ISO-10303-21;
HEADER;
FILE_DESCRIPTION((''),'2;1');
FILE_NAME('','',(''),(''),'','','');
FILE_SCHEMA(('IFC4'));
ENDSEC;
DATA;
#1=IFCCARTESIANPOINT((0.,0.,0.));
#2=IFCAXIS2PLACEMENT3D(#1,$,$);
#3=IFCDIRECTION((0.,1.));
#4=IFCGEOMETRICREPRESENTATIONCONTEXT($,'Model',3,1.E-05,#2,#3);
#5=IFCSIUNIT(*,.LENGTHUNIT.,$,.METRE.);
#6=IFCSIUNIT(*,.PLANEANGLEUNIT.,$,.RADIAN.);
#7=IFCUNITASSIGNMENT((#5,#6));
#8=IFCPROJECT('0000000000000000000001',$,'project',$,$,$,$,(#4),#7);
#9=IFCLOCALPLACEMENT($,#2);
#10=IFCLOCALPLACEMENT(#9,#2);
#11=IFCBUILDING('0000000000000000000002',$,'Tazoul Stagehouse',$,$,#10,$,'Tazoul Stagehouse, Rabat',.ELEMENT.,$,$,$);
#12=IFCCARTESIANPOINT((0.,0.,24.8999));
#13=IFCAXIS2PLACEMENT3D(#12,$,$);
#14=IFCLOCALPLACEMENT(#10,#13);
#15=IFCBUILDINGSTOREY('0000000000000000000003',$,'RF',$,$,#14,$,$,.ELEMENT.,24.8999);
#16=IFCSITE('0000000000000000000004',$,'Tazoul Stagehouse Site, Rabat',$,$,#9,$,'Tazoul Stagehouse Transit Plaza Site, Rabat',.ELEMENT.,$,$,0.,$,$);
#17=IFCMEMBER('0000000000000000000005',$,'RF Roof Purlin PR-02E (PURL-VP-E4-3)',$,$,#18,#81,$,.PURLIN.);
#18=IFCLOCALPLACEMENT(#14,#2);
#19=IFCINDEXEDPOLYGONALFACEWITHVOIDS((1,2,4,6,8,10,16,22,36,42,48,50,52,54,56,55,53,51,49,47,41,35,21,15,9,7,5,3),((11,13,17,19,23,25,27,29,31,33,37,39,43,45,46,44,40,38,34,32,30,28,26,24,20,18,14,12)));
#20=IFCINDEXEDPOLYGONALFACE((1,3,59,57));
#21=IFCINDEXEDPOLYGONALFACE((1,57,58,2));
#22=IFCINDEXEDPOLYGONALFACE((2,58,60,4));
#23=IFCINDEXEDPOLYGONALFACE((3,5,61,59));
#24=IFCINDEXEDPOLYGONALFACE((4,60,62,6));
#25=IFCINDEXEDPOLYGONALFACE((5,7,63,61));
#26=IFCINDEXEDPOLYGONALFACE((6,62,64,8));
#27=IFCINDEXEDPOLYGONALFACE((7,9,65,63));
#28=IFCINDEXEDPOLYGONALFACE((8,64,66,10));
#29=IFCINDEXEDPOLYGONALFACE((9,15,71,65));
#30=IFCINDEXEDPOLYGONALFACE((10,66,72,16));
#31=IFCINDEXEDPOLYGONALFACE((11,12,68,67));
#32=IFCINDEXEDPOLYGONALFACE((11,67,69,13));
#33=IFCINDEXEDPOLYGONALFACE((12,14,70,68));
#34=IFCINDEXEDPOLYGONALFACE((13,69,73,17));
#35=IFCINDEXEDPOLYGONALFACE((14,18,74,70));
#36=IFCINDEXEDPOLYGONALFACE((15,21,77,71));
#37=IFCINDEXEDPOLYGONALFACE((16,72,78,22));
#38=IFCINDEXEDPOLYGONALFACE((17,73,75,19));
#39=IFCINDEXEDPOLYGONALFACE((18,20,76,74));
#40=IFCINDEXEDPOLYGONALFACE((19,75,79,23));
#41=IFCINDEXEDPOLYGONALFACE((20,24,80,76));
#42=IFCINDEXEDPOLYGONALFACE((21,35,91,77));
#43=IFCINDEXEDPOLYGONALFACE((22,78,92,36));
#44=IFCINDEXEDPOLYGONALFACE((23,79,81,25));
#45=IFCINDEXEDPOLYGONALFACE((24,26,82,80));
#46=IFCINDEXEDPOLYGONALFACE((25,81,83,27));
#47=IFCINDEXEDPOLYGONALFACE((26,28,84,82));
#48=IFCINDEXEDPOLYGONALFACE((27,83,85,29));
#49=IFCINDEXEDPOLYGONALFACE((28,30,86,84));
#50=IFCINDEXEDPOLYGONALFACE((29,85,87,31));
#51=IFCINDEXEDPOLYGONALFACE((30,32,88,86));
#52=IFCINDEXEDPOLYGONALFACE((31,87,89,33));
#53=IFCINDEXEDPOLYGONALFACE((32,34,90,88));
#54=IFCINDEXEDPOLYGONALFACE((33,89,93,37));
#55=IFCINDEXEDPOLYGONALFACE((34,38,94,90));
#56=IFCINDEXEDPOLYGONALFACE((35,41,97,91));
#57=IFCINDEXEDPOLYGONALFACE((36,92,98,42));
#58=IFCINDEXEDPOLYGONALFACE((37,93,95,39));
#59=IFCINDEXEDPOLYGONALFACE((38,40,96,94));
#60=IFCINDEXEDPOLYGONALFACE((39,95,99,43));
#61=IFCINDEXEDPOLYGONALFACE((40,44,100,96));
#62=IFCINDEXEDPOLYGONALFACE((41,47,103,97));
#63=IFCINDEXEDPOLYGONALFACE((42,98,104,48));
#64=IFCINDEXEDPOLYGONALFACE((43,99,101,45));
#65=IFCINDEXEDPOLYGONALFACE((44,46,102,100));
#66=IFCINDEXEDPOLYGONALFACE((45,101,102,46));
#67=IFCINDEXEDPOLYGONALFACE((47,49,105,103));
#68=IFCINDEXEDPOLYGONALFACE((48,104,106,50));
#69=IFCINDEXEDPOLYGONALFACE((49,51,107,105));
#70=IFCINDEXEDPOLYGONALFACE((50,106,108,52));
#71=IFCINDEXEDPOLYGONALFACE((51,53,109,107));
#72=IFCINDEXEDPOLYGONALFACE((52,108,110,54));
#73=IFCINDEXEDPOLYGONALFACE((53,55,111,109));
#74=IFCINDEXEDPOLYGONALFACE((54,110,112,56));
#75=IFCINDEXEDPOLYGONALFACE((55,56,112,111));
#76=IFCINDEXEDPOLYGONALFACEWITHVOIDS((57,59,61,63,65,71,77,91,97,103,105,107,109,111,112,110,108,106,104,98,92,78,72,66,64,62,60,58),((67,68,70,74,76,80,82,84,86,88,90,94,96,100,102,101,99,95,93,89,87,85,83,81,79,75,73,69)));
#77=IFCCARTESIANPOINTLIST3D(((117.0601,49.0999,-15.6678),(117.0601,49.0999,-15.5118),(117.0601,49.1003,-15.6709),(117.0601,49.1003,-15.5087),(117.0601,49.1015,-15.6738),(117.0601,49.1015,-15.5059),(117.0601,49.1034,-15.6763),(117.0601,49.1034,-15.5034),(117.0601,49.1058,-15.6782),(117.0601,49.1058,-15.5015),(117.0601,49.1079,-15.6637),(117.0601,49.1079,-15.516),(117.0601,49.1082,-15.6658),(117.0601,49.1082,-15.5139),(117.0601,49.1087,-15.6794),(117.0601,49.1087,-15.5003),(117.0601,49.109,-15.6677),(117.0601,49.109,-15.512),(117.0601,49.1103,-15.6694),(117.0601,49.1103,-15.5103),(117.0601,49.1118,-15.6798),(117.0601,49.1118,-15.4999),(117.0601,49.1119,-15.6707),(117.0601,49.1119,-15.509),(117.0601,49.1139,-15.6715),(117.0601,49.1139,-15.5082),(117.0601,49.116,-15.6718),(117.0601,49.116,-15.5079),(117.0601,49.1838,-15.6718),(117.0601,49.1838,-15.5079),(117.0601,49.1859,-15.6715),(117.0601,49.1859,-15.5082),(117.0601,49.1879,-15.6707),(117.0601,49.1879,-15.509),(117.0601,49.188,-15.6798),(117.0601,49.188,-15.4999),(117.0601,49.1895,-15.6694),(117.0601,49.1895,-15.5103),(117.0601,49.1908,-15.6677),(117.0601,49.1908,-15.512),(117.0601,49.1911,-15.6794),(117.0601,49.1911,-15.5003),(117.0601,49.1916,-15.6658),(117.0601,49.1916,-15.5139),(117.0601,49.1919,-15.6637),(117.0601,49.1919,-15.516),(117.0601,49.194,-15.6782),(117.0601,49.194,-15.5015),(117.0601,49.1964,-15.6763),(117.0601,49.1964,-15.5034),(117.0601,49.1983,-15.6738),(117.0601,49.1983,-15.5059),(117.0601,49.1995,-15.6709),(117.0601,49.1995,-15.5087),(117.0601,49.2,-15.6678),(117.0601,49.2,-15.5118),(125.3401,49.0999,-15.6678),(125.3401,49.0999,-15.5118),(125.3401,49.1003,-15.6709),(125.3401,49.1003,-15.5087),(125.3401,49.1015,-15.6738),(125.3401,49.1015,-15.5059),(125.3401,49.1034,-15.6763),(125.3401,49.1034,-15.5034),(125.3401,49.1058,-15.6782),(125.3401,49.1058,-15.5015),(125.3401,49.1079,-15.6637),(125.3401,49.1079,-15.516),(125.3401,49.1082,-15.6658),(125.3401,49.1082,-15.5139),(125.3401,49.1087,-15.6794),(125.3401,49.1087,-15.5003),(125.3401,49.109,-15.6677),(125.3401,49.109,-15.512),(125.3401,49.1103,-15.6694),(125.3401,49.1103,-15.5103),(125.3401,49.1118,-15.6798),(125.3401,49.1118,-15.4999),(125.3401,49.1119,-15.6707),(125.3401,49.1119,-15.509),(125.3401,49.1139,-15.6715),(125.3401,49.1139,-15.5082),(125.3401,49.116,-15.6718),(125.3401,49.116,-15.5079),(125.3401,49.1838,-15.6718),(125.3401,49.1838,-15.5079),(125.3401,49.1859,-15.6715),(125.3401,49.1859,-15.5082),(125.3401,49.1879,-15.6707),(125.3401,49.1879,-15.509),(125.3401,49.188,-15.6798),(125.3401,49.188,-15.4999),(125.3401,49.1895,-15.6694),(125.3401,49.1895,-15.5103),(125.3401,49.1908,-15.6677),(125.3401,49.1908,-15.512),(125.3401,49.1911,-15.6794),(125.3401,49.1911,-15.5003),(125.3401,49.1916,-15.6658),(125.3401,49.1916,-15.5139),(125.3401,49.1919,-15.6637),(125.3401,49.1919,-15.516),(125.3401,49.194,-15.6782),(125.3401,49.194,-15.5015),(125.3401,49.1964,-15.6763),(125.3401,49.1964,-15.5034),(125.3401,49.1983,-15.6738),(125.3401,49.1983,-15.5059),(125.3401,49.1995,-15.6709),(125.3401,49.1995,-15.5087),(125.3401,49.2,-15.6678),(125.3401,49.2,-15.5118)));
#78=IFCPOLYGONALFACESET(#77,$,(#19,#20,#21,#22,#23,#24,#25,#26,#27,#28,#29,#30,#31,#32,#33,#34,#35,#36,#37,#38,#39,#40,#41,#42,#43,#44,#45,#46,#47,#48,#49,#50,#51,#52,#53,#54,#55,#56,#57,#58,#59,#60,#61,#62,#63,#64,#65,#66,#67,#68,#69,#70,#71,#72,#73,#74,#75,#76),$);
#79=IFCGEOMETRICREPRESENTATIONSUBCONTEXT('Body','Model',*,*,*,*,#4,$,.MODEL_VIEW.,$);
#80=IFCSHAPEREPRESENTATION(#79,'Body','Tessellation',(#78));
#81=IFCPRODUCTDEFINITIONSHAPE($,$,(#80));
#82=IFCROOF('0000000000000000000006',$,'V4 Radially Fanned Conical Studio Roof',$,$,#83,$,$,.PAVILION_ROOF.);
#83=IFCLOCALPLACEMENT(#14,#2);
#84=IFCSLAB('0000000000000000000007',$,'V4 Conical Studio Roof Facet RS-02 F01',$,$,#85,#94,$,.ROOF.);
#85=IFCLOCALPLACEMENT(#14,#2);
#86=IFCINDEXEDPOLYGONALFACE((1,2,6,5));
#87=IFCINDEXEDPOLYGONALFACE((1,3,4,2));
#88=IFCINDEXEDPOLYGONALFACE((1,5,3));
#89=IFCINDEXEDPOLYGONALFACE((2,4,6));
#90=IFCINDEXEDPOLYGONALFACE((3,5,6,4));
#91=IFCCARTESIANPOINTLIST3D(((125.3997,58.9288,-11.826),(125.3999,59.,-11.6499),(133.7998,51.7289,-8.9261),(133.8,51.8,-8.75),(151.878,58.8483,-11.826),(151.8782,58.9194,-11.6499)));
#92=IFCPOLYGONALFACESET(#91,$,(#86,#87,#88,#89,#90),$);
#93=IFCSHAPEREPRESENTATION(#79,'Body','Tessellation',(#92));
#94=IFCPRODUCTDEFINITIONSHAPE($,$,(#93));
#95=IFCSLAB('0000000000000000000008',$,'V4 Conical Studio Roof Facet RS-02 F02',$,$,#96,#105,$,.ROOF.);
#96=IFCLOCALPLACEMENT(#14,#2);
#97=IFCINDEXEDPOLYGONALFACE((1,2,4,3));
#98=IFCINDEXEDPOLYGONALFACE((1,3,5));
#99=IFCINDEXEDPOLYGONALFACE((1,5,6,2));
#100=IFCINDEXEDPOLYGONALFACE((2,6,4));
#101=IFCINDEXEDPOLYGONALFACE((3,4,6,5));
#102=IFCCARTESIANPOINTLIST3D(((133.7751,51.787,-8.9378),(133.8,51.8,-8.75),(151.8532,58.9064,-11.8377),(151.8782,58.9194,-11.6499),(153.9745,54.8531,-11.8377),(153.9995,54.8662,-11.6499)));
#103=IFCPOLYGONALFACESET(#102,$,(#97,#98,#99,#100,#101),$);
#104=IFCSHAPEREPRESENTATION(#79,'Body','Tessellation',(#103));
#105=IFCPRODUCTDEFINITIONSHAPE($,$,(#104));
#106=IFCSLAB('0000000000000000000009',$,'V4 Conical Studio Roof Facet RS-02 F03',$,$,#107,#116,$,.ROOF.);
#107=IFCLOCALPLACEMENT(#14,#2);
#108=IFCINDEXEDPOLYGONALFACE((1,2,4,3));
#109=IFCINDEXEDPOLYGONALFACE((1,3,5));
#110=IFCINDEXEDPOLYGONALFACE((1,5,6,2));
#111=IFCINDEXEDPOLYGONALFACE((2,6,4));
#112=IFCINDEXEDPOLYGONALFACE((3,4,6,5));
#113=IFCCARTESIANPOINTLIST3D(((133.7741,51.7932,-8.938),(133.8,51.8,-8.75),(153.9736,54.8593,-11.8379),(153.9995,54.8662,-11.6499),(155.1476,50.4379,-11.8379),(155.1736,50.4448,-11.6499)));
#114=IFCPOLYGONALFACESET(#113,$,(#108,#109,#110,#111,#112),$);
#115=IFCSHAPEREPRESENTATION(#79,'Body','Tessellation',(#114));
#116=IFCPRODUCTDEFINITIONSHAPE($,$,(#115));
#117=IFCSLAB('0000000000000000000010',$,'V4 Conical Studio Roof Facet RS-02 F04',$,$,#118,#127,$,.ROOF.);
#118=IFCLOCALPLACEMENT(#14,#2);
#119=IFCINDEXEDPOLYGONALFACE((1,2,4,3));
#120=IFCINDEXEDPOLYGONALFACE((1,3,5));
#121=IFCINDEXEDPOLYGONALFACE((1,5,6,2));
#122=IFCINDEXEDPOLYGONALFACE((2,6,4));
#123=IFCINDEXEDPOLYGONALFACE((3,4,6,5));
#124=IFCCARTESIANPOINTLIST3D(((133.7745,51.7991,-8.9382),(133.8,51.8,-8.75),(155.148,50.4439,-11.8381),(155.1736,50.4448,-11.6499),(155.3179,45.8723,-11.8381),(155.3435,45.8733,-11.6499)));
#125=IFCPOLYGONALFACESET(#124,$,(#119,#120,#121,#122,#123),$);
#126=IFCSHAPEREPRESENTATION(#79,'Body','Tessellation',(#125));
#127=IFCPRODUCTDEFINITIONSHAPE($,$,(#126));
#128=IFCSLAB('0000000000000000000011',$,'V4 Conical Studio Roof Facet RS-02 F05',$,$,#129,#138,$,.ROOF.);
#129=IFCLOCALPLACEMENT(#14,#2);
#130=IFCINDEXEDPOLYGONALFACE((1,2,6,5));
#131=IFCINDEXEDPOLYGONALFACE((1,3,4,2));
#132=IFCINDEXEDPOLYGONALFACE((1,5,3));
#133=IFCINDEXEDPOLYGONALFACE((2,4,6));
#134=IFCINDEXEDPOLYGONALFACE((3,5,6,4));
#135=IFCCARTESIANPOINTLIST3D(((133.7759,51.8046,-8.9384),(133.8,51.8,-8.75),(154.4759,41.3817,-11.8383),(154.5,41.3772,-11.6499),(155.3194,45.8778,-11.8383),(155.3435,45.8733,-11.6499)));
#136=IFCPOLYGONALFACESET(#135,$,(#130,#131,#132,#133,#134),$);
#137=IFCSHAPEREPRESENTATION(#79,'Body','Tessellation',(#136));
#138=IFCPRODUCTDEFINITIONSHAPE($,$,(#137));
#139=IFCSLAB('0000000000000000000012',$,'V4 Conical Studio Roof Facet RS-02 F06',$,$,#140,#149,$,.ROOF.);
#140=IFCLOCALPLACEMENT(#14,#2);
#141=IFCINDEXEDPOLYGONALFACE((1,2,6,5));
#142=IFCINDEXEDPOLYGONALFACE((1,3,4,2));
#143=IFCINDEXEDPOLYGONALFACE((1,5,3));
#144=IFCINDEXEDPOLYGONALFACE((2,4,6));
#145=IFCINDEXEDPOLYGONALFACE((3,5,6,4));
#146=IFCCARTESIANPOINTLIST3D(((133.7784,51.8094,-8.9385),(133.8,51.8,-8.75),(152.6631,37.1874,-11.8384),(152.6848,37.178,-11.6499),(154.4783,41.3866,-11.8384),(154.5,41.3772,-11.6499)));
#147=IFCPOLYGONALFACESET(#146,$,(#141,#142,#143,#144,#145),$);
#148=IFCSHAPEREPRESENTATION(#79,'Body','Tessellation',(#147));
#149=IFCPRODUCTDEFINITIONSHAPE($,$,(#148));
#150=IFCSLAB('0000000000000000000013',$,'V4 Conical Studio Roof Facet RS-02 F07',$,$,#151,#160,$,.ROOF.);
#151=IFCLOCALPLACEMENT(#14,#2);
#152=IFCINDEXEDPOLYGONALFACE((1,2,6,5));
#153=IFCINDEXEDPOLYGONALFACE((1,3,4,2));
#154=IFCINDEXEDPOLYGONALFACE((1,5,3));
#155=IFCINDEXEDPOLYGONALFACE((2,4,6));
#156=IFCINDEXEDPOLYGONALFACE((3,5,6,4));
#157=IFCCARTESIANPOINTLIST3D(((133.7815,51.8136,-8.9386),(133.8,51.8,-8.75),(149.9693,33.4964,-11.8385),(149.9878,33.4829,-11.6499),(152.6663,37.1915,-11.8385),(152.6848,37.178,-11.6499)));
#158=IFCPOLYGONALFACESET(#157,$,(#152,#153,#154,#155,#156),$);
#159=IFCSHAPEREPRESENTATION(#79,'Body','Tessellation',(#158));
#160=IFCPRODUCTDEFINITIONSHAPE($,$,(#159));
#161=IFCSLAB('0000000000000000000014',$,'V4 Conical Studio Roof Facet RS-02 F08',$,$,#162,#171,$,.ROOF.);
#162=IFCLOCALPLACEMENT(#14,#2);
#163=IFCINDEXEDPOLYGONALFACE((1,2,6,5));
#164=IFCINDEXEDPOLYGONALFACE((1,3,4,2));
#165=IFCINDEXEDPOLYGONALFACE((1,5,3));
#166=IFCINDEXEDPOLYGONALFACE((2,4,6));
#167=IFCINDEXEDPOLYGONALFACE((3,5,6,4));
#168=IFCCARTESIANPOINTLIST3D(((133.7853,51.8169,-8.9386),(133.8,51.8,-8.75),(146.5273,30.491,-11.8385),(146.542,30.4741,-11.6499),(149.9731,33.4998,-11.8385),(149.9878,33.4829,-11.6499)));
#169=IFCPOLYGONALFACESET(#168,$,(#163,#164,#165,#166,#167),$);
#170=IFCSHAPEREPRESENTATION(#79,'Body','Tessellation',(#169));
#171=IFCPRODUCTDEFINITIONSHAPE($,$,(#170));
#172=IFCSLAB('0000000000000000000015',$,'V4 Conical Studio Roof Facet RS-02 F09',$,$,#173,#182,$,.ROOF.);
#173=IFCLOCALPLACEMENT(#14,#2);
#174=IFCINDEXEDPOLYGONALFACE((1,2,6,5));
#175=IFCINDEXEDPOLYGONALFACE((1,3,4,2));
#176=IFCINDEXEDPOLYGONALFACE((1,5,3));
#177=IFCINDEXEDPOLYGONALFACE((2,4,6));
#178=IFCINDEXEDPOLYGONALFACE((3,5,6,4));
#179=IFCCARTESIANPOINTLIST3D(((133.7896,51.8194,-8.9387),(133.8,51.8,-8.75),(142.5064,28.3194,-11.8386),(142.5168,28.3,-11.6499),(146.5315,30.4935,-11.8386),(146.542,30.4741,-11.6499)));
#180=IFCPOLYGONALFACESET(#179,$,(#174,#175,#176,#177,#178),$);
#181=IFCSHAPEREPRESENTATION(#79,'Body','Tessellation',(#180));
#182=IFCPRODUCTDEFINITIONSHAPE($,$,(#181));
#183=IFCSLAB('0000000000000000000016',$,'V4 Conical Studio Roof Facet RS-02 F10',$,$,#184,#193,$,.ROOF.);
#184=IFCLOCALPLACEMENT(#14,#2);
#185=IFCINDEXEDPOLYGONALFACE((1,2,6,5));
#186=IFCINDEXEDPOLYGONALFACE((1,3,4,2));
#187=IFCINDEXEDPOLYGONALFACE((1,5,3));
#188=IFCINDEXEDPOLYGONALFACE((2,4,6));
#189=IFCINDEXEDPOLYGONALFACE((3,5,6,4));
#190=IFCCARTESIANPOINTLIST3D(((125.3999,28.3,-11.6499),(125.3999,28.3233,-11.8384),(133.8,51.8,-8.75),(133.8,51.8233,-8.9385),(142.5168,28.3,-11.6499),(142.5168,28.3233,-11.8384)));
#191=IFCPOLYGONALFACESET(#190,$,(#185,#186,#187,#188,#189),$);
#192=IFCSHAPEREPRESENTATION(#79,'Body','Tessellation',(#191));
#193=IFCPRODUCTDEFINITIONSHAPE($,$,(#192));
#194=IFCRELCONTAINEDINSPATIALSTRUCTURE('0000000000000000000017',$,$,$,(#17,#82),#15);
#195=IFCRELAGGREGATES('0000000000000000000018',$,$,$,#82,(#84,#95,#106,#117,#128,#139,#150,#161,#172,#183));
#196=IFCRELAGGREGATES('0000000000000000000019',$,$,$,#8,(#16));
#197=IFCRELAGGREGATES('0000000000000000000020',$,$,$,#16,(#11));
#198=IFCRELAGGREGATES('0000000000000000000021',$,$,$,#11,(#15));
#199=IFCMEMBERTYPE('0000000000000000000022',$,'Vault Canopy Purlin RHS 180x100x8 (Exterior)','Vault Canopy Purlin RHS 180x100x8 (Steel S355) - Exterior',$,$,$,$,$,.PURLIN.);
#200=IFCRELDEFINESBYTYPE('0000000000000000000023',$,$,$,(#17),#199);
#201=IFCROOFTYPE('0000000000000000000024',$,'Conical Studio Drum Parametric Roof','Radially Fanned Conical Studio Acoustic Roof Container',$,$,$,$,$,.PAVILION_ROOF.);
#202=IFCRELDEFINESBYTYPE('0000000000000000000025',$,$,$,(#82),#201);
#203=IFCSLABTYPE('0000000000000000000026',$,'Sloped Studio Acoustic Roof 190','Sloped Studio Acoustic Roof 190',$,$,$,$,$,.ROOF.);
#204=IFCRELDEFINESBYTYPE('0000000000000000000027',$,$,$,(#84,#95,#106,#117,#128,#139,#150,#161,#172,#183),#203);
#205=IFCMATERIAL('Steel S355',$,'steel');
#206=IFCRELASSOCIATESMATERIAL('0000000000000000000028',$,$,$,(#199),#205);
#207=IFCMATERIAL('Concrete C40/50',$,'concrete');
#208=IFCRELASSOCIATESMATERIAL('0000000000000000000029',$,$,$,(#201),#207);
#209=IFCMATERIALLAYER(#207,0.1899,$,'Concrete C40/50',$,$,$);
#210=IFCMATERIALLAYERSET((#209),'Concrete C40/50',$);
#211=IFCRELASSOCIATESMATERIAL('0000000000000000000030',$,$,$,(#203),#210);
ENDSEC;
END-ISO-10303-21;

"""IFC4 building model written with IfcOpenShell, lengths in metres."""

from ifc_helpers import new_model, si_unit, direction, frame, origin, origin_2d, place, context, subcontext, project, spatial, polyline, hollow_rectangle, outline, extrude, material, layer, layer_set, material_profile, profile_set, type_object, element, aggregate, save


model = new_model("IFC4")

# Units and contexts
model_context = context("Model", 3, precision=1e-05, world=origin(), true_north=direction((0.0, 1.0)))
body_context = subcontext(model_context, "Body", "Model", "MODEL_VIEW")
ifc_project = project(units=[si_unit("LENGTHUNIT", "METRE"), si_unit("PLANEANGLEUNIT", "RADIAN")], contexts=[model_context])

# Site, building, storey
site_placement = place(None, origin())
site = spatial("IfcSite", under=ifc_project, at=site_placement, Name="Tazoul Stagehouse Site, Rabat", LongName="Tazoul Stagehouse Transit Plaza Site, Rabat", CompositionType="ELEMENT", RefElevation=0.0)
building_placement = place(site_placement, origin())
building = spatial("IfcBuilding", under=site, at=building_placement, Name="Tazoul Stagehouse", LongName="Tazoul Stagehouse, Rabat", CompositionType="ELEMENT")
storey_placement = place(building_placement, frame((0.0, 0.0, 24.8999)))
storey = spatial("IfcBuildingStorey", under=building, at=storey_placement, Name="RF", CompositionType="ELEMENT", Elevation=24.8999)

# Shared definitions
ifc_material_1 = material(Name="Concrete C40/50", Category="concrete")

# Shared definitions
ifc_material_2 = material(Name="Steel S355", Category="steel")

# Member
ifc_material_profile_1 = material_profile(ifc_material_2, hollow_rectangle(XDim=0.1001, YDim=0.1799, WallThickness=0.0081, InnerFilletRadius=0.0081, OuterFilletRadius=0.012, at=origin_2d()), Name="RHS 180x100x8")
ifc_profile_set_1 = profile_set([ifc_material_profile_1], Name="Steel S355")
member_type_1 = type_object("IfcMemberType", Name="Vault Canopy Purlin RHS 180x100x8 (Exterior)", Description="Vault Canopy Purlin RHS 180x100x8 (Steel S355) - Exterior", PredefinedType="PURLIN", material=ifc_profile_set_1)
member_1_placement = place(storey_placement, frame((117.0601, 49.1499, -15.5898), z_axis=(1.0, 0.0, 0.0), x_axis=(0.0, 1.0, 0.0)))
element("IfcMember", 1, at=member_1_placement, inside=storey, type_object=member_type_1, Name="RF Roof Purlin PR-02E (PURL-VP-E4-3)", PredefinedType="PURLIN", context=body_context, shape_type="SweptSolid", body=[
    extrude(hollow_rectangle(XDim=0.1001, YDim=0.1799, WallThickness=0.0081, InnerFilletRadius=0.0081, OuterFilletRadius=0.012, at=origin_2d()), origin(), (0.0, 0.0, 1.0), 8.28),
])

# Roof, slabs
roof_type_1 = type_object("IfcRoofType", Name="Conical Studio Drum Parametric Roof", Description="Radially Fanned Conical Studio Acoustic Roof Container", PredefinedType="PAVILION_ROOF", material=ifc_material_1)
roof_1_placement = place(storey_placement, origin())
roof_1 = element("IfcRoof", 2, at=roof_1_placement, inside=storey, type_object=roof_type_1, Name="V4 Radially Fanned Conical Studio Roof", PredefinedType="PAVILION_ROOF")
ifc_layer_1 = layer(ifc_material_1, 0.1899, Name="Concrete C40/50")
ifc_layer_set_1 = layer_set([ifc_layer_1], Name="Concrete C40/50")
slab_type_1 = type_object("IfcSlabType", Name="Sloped Studio Acoustic Roof 190", Description="Sloped Studio Acoustic Roof 190", PredefinedType="ROOF", material=ifc_layer_set_1)
slab_1_placement = place(storey_placement, frame((133.8, 51.8, -8.75), z_axis=(0.00114, 0.374746, 0.927127), x_axis=(-0.734454, 0.629516, -0.253548)))
slab_1 = element("IfcSlab", 3, at=slab_1_placement, type_object=slab_type_1, Name="V4 Conical Studio Roof Facet RS-02 F01", PredefinedType="ROOF", context=body_context, shape_type="SweptSolid", body=[
    extrude(outline(polyline([(0.0, 0.0), (11.4373, 0.0), (-8.0605, -17.9149), (0.0, 0.0)])), origin(), (0.0, 0.0, -1.0), 0.1899),
])
slab_2_placement = place(storey_placement, frame((133.8, 51.8, -8.75), z_axis=(0.131524, 0.068836, 0.98892), x_axis=(0.920255, 0.362408, -0.147618)))
slab_2 = element("IfcSlab", 4, at=slab_2_placement, type_object=slab_type_1, Name="V4 Conical Studio Roof Facet RS-02 F02", PredefinedType="ROOF", context=body_context, shape_type="SweptSolid", body=[
    extrude(outline(polyline([(0.0, 0.0), (19.6447, 0.0), (20.1279, -4.5492), (0.0, 0.0)])), origin(), (0.0, 0.0, -1.0), 0.1899),
])
slab_3_placement = place(storey_placement, frame((133.8, 51.8, -8.75), z_axis=(0.136615, 0.036277, 0.98996), x_axis=(0.978864, 0.148586, -0.140529)))
slab_3 = element("IfcSlab", 5, at=slab_3_placement, type_object=slab_type_1, Name="V4 Conical Studio Roof Facet RS-02 F03", PredefinedType="ROOF", context=body_context, shape_type="SweptSolid", body=[
    extrude(outline(polyline([(0.0, 0.0), (20.6356, 0.0), (21.1279, -4.548), (0.0, 0.0)])), origin(), (0.0, 0.0, -1.0), 0.1899),
])
slab_4_placement = place(storey_placement, frame((133.8, 51.8, -8.75), z_axis=(0.134756, 0.005009, 0.990866), x_axis=(0.988971, -0.062707, -0.134181)))
slab_4 = element("IfcSlab", 6, at=slab_4_placement, type_object=slab_type_1, Name="V4 Conical Studio Roof Facet RS-02 F04", PredefinedType="ROOF", context=body_context, shape_type="SweptSolid", body=[
    extrude(outline(polyline([(0.0, 0.0), (21.6119, 0.0), (22.0666, -4.552), (0.0, 0.0)])), origin(), (0.0, 0.0, -1.0), 0.1899),
])
slab_5_placement = place(storey_placement, frame((133.8, 51.8, -8.75), z_axis=(0.126929, -0.023813, 0.991626), x_axis=(0.95616, -0.263046, -0.128706)))
slab_5 = element("IfcSlab", 7, at=slab_5_placement, type_object=slab_type_1, Name="V4 Conical Studio Roof Facet RS-02 F05", PredefinedType="ROOF", context=body_context, shape_type="SweptSolid", body=[
    extrude(outline(polyline([(0.0, 0.0), (22.5312, 0.0), (22.9074, -4.559), (0.0, 0.0)])), origin(), (0.0, 0.0, -1.0), 0.1899),
])
slab_6_placement = place(storey_placement, frame((133.8, 51.8, -8.75), z_axis=(0.114158, -0.049347, 0.992236), x_axis=(0.886255, -0.446248, -0.124157)))
slab_6 = element("IfcSlab", 8, at=slab_6_placement, type_object=slab_type_1, Name="V4 Conical Studio Roof Facet RS-02 F06", PredefinedType="ROOF", context=body_context, shape_type="SweptSolid", body=[
    extrude(outline(polyline([(0.0, 0.0), (23.3567, 0.0), (23.6218, -4.5671), (0.0, 0.0)])), origin(), (0.0, 0.0, -1.0), 0.1899),
])
slab_7_placement = place(storey_placement, frame((133.8, 51.8, -8.75), z_axis=(0.097395, -0.071088, 0.992704), x_axis=(0.784927, -0.607752, -0.120532)))
slab_7 = element("IfcSlab", 9, at=slab_7_placement, type_object=slab_type_1, Name="V4 Conical Studio Roof Facet RS-02 F07", PredefinedType="ROOF", context=body_context, shape_type="SweptSolid", body=[
    extrude(outline(polyline([(0.0, 0.0), (24.0593, 0.0), (24.188, -4.5728), (0.0, 0.0)])), origin(), (0.0, 0.0, -1.0), 0.1899),
])
slab_8_placement = place(storey_placement, frame((133.8, 51.8, -8.75), z_axis=(0.077484, -0.088738, 0.993037), x_axis=(0.657598, -0.744101, -0.117803)))
slab_8 = element("IfcSlab", 10, at=slab_8_placement, type_object=slab_type_1, Name="V4 Conical Studio Roof Facet RS-02 F08", PredefinedType="ROOF", context=body_context, shape_type="SweptSolid", body=[
    extrude(outline(polyline([(0.0, 0.0), (24.6165, 0.0), (24.5893, -4.5745), (0.0, 0.0)])), origin(), (0.0, 0.0, -1.0), 0.1899),
])
slab_9_placement = place(storey_placement, frame((133.8, 51.8, -8.75), z_axis=(0.055151, -0.102109, 0.993243), x_axis=(0.509449, -0.852654, -0.115944)))
slab_9 = element("IfcSlab", 11, at=slab_9_placement, type_object=slab_type_1, Name="V4 Conical Studio Roof Facet RS-02 F09", PredefinedType="ROOF", context=body_context, shape_type="SweptSolid", body=[
    extrude(outline(polyline([(0.0, 0.0), (25.0112, 0.0), (24.8144, -4.5705), (0.0, 0.0)])), origin(), (0.0, 0.0, -1.0), 0.1899),
])
slab_10_placement = place(storey_placement, frame((133.8, 51.8, -8.75), z_axis=(0.0, -0.122471, 0.992472), x_axis=(0.345469, -0.931366, -0.114931)))
slab_10 = element("IfcSlab", 12, at=slab_10_placement, type_object=slab_type_1, Name="V4 Conical Studio Roof Facet RS-02 F10", PredefinedType="ROOF", context=body_context, shape_type="SweptSolid", body=[
    extrude(outline(polyline([(0.0, 0.0), (25.2318, 0.0), (19.3184, -16.0631), (0.0, 0.0)])), origin(), (0.0, 0.0, -1.0), 0.1899),
])
aggregate(roof_1, [slab_1, slab_2, slab_3, slab_4, slab_5, slab_6, slab_7, slab_8, slab_9, slab_10])

save(model, "model.ifc")
